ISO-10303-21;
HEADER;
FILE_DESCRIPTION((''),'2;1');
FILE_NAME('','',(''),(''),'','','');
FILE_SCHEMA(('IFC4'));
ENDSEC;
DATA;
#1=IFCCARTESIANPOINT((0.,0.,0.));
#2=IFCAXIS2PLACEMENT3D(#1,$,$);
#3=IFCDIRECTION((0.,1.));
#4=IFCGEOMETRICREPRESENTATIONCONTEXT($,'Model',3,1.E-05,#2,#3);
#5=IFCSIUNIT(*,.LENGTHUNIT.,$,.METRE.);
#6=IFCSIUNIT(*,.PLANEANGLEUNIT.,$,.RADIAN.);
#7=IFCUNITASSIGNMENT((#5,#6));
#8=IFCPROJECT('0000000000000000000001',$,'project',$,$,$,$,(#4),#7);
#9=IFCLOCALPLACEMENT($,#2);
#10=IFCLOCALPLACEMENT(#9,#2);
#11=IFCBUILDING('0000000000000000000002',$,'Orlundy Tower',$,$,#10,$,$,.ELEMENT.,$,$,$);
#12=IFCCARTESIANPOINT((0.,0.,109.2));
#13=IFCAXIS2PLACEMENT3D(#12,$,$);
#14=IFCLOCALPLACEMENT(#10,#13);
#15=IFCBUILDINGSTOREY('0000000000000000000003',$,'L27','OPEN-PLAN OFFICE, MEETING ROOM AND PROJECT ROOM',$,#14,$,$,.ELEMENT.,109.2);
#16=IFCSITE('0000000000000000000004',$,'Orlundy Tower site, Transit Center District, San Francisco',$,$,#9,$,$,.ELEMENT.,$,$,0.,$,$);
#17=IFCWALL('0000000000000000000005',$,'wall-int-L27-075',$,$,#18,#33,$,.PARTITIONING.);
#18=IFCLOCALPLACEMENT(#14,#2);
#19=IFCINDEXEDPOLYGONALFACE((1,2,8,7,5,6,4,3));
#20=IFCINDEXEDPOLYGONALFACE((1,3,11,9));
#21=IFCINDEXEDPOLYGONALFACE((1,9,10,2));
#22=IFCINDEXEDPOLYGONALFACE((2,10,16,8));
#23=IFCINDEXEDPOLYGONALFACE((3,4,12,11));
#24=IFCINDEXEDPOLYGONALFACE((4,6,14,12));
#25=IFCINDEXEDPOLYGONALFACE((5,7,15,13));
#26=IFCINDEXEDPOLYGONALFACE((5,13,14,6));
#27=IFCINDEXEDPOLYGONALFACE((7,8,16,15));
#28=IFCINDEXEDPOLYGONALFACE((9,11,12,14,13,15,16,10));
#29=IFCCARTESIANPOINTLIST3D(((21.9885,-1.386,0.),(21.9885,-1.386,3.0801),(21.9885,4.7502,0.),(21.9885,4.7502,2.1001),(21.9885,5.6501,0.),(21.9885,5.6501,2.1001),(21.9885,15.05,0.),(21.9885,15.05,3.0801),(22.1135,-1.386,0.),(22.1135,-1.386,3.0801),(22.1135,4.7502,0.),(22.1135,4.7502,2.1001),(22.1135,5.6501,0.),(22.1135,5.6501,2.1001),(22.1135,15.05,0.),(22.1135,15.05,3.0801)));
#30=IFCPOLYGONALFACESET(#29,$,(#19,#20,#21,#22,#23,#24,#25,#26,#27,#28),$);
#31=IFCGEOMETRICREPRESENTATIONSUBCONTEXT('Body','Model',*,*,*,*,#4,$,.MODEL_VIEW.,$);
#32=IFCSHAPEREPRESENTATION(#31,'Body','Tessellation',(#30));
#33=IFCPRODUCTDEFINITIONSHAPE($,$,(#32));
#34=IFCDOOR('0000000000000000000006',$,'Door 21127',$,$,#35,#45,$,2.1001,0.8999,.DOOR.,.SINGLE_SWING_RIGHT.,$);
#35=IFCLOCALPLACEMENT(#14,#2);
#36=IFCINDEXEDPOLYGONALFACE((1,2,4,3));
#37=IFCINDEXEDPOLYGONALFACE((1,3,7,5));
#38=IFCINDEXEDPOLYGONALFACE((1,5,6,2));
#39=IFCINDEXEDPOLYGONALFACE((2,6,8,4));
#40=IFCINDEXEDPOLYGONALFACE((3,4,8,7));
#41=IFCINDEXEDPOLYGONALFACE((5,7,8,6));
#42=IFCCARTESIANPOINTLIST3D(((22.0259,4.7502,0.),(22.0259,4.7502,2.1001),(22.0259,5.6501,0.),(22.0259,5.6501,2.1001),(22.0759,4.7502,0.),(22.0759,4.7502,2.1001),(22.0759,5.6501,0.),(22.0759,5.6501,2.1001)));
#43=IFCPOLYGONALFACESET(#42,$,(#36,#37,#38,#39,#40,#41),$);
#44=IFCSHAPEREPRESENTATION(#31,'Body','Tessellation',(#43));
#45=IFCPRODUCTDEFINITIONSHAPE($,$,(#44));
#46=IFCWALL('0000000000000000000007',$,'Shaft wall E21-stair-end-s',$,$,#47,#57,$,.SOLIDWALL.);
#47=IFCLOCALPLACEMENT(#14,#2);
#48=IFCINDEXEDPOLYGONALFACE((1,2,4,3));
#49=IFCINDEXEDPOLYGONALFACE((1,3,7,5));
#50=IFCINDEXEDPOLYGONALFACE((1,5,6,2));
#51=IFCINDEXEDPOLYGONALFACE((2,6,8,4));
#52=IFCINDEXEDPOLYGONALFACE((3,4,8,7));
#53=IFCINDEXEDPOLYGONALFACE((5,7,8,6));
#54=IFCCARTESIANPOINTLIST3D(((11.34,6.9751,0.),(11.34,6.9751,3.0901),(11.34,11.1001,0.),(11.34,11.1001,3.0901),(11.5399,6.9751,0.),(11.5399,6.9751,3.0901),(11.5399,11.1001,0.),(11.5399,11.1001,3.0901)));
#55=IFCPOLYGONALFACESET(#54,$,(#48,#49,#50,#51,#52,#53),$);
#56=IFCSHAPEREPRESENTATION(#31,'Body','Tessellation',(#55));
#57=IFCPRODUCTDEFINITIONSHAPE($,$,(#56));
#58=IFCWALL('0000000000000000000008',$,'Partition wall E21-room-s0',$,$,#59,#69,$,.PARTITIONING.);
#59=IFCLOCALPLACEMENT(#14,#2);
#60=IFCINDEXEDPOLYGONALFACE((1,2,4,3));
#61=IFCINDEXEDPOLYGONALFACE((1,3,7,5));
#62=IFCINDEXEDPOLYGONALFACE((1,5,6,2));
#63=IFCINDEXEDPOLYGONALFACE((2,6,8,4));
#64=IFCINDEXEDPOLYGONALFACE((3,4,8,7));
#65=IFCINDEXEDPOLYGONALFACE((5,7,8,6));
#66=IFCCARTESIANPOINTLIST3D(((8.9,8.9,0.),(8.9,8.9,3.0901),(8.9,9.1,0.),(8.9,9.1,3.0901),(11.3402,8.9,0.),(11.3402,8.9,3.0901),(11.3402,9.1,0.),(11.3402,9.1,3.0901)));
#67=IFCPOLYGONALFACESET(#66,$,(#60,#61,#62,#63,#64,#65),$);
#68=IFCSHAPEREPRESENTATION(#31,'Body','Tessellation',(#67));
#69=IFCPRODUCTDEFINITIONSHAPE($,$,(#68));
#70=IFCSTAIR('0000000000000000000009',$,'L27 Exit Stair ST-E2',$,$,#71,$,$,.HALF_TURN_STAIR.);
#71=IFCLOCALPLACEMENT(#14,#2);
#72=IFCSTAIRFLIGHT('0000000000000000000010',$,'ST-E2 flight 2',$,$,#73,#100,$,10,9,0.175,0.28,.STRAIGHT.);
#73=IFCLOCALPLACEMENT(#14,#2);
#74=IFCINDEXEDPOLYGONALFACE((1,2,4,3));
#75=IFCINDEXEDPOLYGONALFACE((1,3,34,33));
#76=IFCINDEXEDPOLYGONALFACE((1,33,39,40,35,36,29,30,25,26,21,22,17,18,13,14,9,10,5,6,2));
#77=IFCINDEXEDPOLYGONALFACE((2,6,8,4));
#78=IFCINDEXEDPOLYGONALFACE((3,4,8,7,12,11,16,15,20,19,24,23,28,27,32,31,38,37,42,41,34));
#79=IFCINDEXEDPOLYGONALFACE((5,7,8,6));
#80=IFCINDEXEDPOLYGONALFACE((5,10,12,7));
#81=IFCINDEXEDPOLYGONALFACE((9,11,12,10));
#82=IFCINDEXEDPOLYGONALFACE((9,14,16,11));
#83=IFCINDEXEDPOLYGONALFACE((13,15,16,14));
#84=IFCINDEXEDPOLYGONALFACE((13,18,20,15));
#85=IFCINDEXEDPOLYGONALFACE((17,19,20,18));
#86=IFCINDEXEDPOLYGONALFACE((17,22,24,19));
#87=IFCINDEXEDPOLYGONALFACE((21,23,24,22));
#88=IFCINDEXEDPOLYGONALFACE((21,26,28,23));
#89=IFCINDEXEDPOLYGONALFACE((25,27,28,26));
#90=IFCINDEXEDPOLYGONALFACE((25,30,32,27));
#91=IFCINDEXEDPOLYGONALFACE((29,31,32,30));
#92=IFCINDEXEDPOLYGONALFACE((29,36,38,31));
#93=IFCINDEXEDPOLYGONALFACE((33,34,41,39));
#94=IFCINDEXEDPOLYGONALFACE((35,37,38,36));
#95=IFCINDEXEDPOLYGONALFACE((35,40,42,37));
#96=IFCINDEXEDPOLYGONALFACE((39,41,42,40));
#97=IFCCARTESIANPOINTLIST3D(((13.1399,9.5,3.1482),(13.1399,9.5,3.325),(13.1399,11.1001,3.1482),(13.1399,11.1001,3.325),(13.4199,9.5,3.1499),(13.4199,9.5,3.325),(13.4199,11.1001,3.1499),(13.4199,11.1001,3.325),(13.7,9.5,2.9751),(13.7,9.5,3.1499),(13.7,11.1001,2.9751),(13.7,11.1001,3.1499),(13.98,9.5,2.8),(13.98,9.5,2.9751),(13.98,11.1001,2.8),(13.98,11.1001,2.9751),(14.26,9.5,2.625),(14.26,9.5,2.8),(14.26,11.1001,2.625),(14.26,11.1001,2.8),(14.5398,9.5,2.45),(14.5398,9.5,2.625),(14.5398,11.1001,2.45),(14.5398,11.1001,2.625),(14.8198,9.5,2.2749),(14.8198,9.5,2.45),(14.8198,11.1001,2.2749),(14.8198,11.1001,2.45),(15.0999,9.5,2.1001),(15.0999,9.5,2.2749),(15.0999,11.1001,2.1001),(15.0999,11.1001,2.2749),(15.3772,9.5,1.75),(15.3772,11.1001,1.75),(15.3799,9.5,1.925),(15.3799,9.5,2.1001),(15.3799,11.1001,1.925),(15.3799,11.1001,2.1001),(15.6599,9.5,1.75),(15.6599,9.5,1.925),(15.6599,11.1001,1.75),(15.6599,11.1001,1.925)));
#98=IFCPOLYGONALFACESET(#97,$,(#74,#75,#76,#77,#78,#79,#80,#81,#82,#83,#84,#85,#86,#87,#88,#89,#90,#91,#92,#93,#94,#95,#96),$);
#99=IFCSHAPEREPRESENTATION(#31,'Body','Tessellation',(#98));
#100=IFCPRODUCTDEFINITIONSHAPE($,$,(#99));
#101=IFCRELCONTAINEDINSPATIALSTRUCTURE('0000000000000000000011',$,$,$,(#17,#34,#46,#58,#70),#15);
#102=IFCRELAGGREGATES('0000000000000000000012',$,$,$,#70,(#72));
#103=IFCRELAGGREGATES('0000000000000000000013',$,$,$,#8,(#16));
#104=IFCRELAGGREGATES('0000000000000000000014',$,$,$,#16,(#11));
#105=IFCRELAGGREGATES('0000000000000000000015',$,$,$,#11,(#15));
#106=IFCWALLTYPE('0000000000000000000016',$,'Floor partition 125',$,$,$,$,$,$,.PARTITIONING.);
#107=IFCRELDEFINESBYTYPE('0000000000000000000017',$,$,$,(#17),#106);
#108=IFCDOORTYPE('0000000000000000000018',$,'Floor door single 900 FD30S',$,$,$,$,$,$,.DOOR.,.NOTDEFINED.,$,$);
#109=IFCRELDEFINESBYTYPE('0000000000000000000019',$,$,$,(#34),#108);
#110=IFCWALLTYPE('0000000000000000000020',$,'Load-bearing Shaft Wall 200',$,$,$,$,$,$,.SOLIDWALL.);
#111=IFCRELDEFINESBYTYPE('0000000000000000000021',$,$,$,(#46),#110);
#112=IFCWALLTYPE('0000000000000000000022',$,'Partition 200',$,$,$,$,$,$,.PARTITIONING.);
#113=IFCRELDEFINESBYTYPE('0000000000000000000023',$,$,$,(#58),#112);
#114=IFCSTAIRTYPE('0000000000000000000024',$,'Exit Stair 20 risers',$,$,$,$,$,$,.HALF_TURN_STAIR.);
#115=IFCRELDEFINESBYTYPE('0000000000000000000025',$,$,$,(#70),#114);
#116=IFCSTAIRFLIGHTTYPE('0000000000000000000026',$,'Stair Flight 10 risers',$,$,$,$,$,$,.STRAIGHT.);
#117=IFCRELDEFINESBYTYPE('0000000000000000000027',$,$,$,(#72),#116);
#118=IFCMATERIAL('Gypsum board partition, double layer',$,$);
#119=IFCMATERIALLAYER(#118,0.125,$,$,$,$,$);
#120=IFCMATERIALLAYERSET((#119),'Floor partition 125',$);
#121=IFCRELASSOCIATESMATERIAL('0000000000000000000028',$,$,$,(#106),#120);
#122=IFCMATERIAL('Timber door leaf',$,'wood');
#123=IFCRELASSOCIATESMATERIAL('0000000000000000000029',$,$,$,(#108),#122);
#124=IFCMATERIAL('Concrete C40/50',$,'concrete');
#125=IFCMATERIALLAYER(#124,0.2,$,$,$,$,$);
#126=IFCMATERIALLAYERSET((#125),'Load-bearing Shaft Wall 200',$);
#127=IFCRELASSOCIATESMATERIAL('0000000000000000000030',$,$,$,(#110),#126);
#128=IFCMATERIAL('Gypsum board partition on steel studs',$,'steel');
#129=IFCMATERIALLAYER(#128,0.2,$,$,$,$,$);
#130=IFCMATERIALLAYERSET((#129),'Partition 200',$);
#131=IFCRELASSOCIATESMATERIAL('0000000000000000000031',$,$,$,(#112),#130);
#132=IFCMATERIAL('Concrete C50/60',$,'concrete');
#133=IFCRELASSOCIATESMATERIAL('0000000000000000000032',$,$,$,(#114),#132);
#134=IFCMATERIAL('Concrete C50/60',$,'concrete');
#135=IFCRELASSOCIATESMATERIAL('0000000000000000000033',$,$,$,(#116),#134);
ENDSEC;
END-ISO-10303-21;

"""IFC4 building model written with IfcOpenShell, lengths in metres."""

from ifc_helpers import new_model, si_unit, direction, frame, frame_2d, origin, place, context, subcontext, project, spatial, polyline, rectangle, outline, extrude, material, layer, layer_set, type_object, element, fill, aggregate, save


model = new_model("IFC4")

# Units and contexts
model_context = context("Model", 3, precision=1e-05, world=origin(), true_north=direction((0.0, 1.0)))
body_context = subcontext(model_context, "Body", "Model", "MODEL_VIEW")
ifc_project = project(units=[si_unit("LENGTHUNIT", "METRE"), si_unit("PLANEANGLEUNIT", "RADIAN")], contexts=[model_context])

# Site, building, storey
site_placement = place(None, origin())
site = spatial("IfcSite", under=ifc_project, at=site_placement, Name="Orlundy Tower site, Transit Center District, San Francisco", CompositionType="ELEMENT", RefElevation=0.0)
building_placement = place(site_placement, origin())
building = spatial("IfcBuilding", under=site, at=building_placement, Name="Orlundy Tower", CompositionType="ELEMENT")
storey_placement = place(building_placement, frame((0.0, 0.0, 109.2)))
storey = spatial("IfcBuildingStorey", under=building, at=storey_placement, Name="L27", Description="OPEN-PLAN OFFICE, MEETING ROOM AND PROJECT ROOM", CompositionType="ELEMENT", Elevation=109.2)

# Wall, opening, door
ifc_material_1 = material(Name="Gypsum board partition, double layer")
ifc_layer_1 = layer(ifc_material_1, 0.125)
ifc_layer_set_1 = layer_set([ifc_layer_1], Name="Floor partition 125")
wall_type_1 = type_object("IfcWallType", Name="Floor partition 125", PredefinedType="PARTITIONING", material=ifc_layer_set_1)
wall_1_placement = place(storey_placement, frame((22.051, 15.05, 0.0), z_axis=(0.0, 0.0, 1.0), x_axis=(0.0, -1.0, 0.0)))
wall_1 = element("IfcWall", 1, at=wall_1_placement, inside=storey, type_object=wall_type_1, Name="wall-int-L27-075", PredefinedType="PARTITIONING", context=body_context, shape_type="SweptSolid", body=[
    extrude(rectangle(XDim=16.436, YDim=0.125, at=frame_2d((8.218, 0.0))), origin(), (0.0, 0.0, 1.0), 3.0801),
])
opening_1_placement = place(wall_1_placement, frame((9.3999, 0.0, 0.0)))
opening_1 = element("IfcOpeningElement", 2, at=opening_1_placement, cuts=wall_1, PredefinedType="OPENING", context=body_context, shape_type="SweptSolid", body=[
    extrude(rectangle(XDim=0.8999, YDim=2.1001, at=frame_2d((0.45, 1.05))), frame((0.0, 0.0725, 0.0), z_axis=(0.0, -1.0, 0.0), x_axis=(1.0, 0.0, 0.0)), (0.0, 0.0, 1.0), 0.145),
])
ifc_material_2 = material(Name="Timber door leaf", Category="wood")
door_type_1 = type_object("IfcDoorType", Name="Floor door single 900 FD30S", OperationType="NOTDEFINED", PredefinedType="DOOR", material=ifc_material_2)
door_1_placement = place(opening_1_placement, origin())
door_1 = element("IfcDoor", 3, at=door_1_placement, inside=storey, type_object=door_type_1, Name="Door 21127", OperationType="SINGLE_SWING_RIGHT", OverallHeight=2.1001, OverallWidth=0.8999, PredefinedType="DOOR", context=body_context, shape_type="SweptSolid", body=[
    extrude(rectangle(XDim=0.8999, YDim=2.1001, at=frame_2d((0.45, 1.05))), frame((0.0, 0.0249, 0.0), z_axis=(0.0, -1.0, 0.0), x_axis=(1.0, 0.0, 0.0)), (0.0, 0.0, 1.0), 0.05),
])
fill(opening_1, door_1)

# Walls
ifc_material_3 = material(Name="Concrete C40/50", Category="concrete")
ifc_layer_2 = layer(ifc_material_3, 0.2)
ifc_layer_set_2 = layer_set([ifc_layer_2], Name="Load-bearing Shaft Wall 200")
wall_type_2 = type_object("IfcWallType", Name="Load-bearing Shaft Wall 200", PredefinedType="SOLIDWALL", material=ifc_layer_set_2)
wall_2_placement = place(storey_placement, frame((11.4399, 11.1001, 0.0), z_axis=(0.0, 0.0, 1.0), x_axis=(0.0, -1.0, 0.0)))
element("IfcWall", 4, at=wall_2_placement, inside=storey, type_object=wall_type_2, Name="Shaft wall E21-stair-end-s", PredefinedType="SOLIDWALL", context=body_context, shape_type="SweptSolid", body=[
    extrude(rectangle(XDim=4.125, YDim=0.2, at=frame_2d((2.0625, 0.0))), origin(), (0.0, 0.0, 1.0), 3.0901),
])
ifc_material_4 = material(Name="Gypsum board partition on steel studs", Category="steel")
ifc_layer_3 = layer(ifc_material_4, 0.2)
ifc_layer_set_3 = layer_set([ifc_layer_3], Name="Partition 200")
wall_type_3 = type_object("IfcWallType", Name="Partition 200", PredefinedType="PARTITIONING", material=ifc_layer_set_3)
wall_3_placement = place(storey_placement, frame((8.8999, 9.0, 0.0), z_axis=(0.0, 0.0, 1.0), x_axis=(1.0, 0.0, 0.0)))
element("IfcWall", 5, at=wall_3_placement, inside=storey, type_object=wall_type_3, Name="Partition wall E21-room-s0", PredefinedType="PARTITIONING", context=body_context, shape_type="SweptSolid", body=[
    extrude(rectangle(XDim=2.4402, YDim=0.2, at=frame_2d((1.2202, 0.0))), origin(), (0.0, 0.0, 1.0), 3.0901),
])

# Stair, stair flight
ifc_material_5 = material(Name="Concrete C50/60", Category="concrete")
stair_type = type_object("IfcStairType", Name="Exit Stair 20 risers", PredefinedType="HALF_TURN_STAIR", material=ifc_material_5)
stair_placement = place(storey_placement, origin())
stair = element("IfcStair", 6, at=stair_placement, inside=storey, type_object=stair_type, Name="L27 Exit Stair ST-E2", PredefinedType="HALF_TURN_STAIR")
ifc_material_6 = material(Name="Concrete C50/60", Category="concrete")
stair_flight_type = type_object("IfcStairFlightType", Name="Stair Flight 10 risers", PredefinedType="STRAIGHT", material=ifc_material_6)
stair_flight_placement = place(storey_placement, frame((15.6599, 10.3, 1.75), z_axis=(0.0, 0.0, 1.0), x_axis=(-1.0, 0.0, 0.0)))
stair_flight = element("IfcStairFlight", 7, at=stair_flight_placement, type_object=stair_flight_type, Name="ST-E2 flight 2", NumberOfRisers=10, NumberOfTreads=9, PredefinedType="STRAIGHT", RiserHeight=0.175, TreadLength=0.28, context=body_context, shape_type="SweptSolid", body=[
    extrude(outline(polyline([(0.0, 0.0), (0.0, 0.175), (0.28, 0.175), (0.28, 0.3501), (0.5601, 0.3501), (0.5601, 0.5249), (0.8401, 0.5249), (0.8401, 0.7), (1.1201, 0.7), (1.1201, 0.875), (1.3999, 0.875), (1.3999, 1.05), (1.6799, 1.05), (1.6799, 1.2251), (1.96, 1.2251), (1.96, 1.3999), (2.24, 1.3999), (2.24, 1.575), (2.52, 1.575), (2.52, 1.75), (2.52, 1.3982), (0.2827, 0.0), (0.0, 0.0)])), frame((0.0, 0.8, 0.0), z_axis=(0.0, -1.0, 0.0), x_axis=(1.0, 0.0, 0.0)), (0.0, 0.0, 1.0), 1.6001),
])
aggregate(stair, [stair_flight])

save(model, "model.ifc")
